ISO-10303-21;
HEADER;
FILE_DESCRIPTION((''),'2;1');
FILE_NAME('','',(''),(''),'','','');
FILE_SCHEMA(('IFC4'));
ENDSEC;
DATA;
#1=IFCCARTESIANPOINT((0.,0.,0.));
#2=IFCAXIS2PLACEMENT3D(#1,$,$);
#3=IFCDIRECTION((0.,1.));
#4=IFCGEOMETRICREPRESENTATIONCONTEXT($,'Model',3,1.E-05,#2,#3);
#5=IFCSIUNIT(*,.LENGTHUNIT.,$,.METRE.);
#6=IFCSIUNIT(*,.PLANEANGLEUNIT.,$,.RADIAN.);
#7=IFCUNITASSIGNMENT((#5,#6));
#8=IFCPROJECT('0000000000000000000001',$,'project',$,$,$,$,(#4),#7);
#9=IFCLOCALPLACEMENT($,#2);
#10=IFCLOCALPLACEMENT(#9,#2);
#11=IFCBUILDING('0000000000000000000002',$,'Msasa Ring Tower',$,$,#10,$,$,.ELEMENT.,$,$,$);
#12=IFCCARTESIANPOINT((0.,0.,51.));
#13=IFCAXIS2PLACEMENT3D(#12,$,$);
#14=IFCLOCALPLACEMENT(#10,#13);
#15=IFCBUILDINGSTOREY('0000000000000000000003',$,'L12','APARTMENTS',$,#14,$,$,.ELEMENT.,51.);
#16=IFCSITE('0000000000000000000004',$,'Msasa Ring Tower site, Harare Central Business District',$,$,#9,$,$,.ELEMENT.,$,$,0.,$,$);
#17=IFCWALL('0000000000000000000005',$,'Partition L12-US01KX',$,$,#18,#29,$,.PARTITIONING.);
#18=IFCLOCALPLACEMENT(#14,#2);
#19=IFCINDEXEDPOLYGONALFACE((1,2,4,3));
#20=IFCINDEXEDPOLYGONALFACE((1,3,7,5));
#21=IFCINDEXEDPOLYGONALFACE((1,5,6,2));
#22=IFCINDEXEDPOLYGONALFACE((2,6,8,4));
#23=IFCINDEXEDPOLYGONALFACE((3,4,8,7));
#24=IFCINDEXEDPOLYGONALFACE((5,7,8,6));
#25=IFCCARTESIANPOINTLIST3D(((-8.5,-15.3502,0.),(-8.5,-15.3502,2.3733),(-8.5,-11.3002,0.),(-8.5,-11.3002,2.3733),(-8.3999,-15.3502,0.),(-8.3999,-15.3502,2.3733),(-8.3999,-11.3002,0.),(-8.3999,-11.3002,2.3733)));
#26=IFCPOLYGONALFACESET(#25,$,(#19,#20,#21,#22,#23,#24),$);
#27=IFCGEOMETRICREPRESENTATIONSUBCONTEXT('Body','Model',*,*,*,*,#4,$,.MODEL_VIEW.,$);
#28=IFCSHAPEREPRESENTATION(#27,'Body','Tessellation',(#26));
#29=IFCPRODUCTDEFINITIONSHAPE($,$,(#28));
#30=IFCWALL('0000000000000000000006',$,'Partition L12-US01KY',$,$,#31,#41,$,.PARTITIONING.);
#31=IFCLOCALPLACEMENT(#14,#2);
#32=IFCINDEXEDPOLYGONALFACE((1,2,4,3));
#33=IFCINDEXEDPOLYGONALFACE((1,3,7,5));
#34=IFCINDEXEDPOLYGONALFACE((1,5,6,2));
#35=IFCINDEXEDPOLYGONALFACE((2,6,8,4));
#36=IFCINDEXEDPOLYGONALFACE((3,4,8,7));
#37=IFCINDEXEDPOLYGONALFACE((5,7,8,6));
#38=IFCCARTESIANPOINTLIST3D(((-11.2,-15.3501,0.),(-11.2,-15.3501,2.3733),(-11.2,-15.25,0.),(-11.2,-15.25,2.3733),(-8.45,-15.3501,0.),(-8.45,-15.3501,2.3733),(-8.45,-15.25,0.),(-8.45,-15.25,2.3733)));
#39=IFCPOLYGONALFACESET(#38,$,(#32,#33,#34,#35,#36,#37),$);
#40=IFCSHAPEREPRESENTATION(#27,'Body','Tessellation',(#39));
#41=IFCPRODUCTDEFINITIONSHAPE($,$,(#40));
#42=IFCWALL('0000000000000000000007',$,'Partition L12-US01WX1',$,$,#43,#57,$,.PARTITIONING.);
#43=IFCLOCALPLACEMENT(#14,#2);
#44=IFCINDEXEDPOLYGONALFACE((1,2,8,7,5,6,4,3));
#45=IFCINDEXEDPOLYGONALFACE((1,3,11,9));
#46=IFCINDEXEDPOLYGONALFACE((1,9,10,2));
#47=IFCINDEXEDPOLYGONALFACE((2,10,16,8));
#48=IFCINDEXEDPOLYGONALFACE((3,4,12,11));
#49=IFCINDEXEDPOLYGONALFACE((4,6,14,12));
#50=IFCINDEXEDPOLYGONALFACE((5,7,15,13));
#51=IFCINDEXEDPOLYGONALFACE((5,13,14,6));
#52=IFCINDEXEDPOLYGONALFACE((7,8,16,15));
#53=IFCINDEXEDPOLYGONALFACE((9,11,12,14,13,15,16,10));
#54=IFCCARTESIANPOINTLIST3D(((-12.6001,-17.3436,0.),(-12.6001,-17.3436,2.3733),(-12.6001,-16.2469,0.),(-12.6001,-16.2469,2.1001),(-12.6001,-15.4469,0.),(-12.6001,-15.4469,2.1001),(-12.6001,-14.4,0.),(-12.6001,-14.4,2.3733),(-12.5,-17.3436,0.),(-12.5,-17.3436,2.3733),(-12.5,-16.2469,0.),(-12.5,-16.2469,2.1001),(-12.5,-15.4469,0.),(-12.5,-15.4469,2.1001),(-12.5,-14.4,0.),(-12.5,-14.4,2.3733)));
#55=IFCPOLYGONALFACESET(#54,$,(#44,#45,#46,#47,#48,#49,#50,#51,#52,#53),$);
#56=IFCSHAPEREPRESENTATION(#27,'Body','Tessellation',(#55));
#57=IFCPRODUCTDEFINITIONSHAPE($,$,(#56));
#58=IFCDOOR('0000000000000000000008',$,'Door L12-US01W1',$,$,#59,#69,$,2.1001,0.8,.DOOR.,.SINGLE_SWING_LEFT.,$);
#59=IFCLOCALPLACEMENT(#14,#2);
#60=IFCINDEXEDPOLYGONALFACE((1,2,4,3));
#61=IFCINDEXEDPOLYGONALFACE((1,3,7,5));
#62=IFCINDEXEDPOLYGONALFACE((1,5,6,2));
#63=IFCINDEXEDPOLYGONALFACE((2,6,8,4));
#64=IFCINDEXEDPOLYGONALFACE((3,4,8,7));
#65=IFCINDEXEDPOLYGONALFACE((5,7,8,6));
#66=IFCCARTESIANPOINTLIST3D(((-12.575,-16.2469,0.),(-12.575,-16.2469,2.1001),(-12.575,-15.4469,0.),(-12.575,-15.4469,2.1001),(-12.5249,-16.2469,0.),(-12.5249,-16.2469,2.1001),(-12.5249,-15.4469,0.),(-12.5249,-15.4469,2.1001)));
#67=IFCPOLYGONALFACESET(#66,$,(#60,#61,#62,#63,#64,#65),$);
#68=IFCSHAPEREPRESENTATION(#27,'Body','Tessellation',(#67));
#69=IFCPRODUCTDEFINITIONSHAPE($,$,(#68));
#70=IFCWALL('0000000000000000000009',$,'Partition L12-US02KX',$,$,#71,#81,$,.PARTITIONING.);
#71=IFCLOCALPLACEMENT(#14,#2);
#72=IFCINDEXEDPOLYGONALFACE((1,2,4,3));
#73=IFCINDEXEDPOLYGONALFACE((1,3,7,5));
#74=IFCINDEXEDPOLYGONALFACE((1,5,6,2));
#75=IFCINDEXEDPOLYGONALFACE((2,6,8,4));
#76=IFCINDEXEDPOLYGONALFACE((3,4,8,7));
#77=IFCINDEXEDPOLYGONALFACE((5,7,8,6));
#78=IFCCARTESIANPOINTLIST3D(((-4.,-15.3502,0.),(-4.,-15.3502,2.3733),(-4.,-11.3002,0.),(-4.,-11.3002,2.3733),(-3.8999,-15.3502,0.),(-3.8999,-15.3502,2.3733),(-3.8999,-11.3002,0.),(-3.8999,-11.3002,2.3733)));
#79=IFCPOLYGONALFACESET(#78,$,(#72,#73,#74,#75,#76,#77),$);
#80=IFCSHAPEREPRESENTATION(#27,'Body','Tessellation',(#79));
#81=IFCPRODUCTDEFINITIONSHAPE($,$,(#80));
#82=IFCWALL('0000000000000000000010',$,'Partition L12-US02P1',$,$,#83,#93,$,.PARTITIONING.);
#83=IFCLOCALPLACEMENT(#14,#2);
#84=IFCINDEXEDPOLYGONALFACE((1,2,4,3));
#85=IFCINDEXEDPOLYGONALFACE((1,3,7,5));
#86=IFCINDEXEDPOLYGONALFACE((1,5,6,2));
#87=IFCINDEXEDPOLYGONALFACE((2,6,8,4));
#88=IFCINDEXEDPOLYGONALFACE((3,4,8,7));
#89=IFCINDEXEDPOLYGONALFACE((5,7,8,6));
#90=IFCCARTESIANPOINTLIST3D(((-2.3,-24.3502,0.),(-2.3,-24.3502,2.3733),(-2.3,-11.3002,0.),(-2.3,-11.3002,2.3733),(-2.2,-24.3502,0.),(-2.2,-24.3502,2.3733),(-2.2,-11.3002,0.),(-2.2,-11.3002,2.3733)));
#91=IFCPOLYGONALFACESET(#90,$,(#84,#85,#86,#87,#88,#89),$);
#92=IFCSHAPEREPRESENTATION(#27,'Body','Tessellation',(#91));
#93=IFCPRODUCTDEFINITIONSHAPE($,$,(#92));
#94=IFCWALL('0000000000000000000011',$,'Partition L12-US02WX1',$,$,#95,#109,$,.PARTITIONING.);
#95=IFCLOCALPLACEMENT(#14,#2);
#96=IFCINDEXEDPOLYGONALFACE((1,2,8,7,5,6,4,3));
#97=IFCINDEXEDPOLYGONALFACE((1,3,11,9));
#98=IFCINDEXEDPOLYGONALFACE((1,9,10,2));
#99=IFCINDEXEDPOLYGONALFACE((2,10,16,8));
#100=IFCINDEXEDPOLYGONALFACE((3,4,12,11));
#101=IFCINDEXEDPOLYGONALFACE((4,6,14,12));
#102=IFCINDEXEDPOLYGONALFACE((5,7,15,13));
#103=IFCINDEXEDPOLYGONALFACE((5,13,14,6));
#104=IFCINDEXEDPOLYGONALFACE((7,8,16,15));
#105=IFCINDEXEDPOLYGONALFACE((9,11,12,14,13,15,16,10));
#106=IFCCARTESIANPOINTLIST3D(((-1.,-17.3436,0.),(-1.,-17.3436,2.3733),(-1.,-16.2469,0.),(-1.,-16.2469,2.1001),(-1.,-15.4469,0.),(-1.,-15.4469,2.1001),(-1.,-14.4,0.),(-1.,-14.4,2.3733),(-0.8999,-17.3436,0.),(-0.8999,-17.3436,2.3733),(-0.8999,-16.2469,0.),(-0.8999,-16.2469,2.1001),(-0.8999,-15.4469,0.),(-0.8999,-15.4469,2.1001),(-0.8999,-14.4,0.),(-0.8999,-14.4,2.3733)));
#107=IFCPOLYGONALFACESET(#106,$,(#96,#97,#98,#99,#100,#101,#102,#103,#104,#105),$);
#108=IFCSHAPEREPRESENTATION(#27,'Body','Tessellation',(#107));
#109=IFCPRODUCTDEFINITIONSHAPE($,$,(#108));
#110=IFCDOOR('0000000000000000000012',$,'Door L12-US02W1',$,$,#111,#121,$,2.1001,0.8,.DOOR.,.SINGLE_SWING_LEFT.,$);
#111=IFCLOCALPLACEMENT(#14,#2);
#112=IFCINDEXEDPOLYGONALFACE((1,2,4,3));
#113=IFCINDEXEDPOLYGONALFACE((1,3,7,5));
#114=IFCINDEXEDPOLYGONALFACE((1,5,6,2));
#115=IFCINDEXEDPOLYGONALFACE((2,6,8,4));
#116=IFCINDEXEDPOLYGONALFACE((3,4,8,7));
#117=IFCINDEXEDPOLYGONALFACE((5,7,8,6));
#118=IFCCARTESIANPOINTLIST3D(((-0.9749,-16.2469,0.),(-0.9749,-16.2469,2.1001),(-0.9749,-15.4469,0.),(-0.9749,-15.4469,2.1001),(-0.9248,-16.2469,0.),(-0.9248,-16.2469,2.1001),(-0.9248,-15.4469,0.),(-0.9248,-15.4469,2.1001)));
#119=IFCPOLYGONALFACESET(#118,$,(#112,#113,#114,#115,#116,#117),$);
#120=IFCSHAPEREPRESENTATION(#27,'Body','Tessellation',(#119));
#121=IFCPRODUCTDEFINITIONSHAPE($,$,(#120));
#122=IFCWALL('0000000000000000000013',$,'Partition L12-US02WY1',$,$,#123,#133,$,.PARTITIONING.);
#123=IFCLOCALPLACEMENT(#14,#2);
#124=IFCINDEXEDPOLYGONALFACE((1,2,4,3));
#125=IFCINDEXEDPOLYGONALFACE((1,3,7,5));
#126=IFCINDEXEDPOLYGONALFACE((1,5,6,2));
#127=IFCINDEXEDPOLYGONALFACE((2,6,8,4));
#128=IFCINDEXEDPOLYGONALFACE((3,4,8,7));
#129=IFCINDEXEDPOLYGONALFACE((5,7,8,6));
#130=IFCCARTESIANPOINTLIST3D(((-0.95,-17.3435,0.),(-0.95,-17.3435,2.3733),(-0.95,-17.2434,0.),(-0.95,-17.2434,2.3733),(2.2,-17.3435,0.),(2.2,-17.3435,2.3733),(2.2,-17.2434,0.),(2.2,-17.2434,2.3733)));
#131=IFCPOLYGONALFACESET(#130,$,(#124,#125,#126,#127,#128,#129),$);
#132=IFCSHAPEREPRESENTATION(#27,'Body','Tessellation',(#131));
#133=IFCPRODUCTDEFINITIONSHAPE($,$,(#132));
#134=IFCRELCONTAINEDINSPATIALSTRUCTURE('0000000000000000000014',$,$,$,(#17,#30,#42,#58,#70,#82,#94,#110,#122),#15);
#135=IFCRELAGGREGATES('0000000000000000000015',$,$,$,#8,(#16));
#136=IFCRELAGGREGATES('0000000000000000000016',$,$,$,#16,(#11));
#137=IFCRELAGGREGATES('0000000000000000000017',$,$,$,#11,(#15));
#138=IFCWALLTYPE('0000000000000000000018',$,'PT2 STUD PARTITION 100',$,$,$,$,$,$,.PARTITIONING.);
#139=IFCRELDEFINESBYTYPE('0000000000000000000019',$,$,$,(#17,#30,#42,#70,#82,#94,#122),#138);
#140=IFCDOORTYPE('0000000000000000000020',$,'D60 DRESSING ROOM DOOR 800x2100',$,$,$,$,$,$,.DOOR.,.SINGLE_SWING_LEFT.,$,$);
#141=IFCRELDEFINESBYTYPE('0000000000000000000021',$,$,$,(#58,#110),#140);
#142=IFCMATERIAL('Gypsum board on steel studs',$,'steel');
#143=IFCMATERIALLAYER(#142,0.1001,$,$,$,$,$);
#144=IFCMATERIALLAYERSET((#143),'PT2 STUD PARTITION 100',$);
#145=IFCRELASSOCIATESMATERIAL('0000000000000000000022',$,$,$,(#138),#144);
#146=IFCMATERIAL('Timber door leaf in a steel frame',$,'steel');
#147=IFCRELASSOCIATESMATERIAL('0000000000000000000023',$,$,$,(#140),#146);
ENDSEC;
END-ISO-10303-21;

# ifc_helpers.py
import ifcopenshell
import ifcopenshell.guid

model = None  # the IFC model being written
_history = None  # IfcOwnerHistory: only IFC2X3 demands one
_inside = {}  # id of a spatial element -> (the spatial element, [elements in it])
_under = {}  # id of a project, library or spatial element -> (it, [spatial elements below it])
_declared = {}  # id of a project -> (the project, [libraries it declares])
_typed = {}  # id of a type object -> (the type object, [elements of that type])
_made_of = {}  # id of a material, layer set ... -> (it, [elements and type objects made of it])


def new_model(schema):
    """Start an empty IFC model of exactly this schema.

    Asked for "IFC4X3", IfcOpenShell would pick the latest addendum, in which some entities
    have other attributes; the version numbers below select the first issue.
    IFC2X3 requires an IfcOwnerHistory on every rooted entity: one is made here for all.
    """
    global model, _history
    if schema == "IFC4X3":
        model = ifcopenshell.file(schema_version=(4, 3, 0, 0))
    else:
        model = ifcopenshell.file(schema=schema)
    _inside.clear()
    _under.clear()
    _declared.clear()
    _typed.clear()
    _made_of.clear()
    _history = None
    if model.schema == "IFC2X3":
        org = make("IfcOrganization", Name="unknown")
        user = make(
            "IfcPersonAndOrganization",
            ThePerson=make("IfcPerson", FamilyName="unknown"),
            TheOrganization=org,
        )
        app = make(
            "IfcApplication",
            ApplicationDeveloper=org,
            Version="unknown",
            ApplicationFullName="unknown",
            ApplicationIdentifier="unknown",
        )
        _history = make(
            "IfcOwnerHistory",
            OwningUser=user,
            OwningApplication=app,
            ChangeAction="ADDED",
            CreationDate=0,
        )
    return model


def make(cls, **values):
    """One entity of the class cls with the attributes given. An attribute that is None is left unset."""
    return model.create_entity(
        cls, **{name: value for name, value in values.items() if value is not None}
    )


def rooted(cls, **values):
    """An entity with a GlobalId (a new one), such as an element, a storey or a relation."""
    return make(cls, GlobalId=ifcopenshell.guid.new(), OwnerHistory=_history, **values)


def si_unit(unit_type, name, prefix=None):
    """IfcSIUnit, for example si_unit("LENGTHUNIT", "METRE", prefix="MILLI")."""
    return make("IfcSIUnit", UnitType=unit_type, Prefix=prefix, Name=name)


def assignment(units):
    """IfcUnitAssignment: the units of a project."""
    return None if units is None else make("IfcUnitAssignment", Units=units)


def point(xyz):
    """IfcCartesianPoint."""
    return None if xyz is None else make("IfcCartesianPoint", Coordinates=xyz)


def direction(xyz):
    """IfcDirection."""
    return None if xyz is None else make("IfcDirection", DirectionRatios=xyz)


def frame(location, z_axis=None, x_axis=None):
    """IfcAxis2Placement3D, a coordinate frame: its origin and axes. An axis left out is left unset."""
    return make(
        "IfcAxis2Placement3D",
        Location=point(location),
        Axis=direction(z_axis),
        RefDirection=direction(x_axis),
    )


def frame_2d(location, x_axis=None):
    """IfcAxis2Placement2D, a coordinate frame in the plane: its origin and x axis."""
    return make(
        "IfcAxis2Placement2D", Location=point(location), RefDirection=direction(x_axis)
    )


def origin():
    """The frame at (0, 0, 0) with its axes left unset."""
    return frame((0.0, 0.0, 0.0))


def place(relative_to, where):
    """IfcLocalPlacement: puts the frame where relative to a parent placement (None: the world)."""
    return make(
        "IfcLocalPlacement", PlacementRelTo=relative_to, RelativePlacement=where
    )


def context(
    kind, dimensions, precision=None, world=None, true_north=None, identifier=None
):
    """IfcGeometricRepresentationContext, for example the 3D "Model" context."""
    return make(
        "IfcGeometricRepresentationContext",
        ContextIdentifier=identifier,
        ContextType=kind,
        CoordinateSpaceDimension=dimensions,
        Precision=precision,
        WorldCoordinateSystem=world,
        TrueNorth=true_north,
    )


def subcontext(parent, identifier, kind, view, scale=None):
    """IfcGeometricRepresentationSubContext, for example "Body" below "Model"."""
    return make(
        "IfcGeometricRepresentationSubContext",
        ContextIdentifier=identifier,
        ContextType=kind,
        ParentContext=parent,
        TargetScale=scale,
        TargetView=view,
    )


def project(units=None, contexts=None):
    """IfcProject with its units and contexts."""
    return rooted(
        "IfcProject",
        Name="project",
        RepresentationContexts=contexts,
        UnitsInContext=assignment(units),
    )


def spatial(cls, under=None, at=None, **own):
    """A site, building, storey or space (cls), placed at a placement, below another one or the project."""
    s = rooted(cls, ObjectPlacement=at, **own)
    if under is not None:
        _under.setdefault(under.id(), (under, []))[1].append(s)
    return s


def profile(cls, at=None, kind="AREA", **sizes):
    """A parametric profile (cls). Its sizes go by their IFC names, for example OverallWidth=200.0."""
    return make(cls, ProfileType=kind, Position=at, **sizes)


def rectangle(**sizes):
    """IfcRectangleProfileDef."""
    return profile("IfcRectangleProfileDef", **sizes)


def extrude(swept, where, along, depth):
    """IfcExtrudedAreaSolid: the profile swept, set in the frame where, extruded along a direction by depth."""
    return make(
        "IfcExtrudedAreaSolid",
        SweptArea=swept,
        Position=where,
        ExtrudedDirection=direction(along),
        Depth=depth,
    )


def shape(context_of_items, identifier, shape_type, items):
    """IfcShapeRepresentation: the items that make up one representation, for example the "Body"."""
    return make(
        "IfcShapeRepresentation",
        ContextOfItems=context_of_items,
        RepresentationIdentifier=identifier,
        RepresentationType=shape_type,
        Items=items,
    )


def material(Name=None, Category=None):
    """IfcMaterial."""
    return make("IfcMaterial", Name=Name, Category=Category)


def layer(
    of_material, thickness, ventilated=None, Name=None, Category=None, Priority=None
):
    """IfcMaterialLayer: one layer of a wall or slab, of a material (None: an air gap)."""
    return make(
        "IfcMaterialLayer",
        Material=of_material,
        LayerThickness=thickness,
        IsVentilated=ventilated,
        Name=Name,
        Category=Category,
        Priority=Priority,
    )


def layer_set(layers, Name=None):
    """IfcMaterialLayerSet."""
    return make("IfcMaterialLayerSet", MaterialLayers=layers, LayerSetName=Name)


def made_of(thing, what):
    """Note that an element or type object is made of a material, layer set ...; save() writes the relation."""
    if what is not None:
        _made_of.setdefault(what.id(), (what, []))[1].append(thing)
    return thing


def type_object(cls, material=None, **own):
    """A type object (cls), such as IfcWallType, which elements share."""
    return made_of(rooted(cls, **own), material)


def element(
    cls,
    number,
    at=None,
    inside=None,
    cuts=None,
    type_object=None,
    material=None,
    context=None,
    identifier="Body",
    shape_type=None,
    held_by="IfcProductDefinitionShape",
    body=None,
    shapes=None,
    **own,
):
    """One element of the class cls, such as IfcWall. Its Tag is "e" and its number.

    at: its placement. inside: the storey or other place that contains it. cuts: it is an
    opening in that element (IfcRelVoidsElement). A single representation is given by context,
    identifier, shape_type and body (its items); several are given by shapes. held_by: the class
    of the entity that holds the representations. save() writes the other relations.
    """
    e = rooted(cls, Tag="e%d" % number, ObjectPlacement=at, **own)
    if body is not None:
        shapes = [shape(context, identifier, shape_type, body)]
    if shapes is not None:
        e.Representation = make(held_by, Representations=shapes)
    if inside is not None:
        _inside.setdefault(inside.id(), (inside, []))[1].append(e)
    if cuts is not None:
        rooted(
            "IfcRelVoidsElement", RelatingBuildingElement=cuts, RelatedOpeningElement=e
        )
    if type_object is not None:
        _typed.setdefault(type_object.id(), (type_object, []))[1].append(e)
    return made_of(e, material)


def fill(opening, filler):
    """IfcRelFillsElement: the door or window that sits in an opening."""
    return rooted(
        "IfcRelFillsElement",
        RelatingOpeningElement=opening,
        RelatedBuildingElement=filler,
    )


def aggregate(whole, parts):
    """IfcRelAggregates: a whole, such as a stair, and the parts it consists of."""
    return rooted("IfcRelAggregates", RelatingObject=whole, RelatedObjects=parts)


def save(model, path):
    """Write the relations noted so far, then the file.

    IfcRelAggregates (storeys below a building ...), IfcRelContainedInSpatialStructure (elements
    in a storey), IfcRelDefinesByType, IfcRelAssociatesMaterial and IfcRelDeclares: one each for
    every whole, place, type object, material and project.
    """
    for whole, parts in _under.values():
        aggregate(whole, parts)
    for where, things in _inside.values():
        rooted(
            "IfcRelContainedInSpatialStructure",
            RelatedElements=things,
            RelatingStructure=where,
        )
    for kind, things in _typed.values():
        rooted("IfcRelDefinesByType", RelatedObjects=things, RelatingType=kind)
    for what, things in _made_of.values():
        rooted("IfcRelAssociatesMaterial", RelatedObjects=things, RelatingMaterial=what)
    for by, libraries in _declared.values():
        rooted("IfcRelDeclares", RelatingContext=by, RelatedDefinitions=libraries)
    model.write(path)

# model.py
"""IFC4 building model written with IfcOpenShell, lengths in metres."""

from ifc_helpers import new_model, si_unit, direction, frame, frame_2d, origin, place, context, subcontext, project, spatial, rectangle, extrude, material, layer, layer_set, type_object, element, fill, save


model = new_model("IFC4")

# Units and contexts
model_context = context("Model", 3, precision=1e-05, world=origin(), true_north=direction((0.0, 1.0)))
body_context = subcontext(model_context, "Body", "Model", "MODEL_VIEW")
ifc_project = project(units=[si_unit("LENGTHUNIT", "METRE"), si_unit("PLANEANGLEUNIT", "RADIAN")], contexts=[model_context])

# Site, building, storey
site_placement = place(None, origin())
site = spatial("IfcSite", under=ifc_project, at=site_placement, Name="Msasa Ring Tower site, Harare Central Business District", CompositionType="ELEMENT", RefElevation=0.0)
building_placement = place(site_placement, origin())
building = spatial("IfcBuilding", under=site, at=building_placement, Name="Msasa Ring Tower", CompositionType="ELEMENT")
storey_placement = place(building_placement, frame((0.0, 0.0, 51.0)))
storey = spatial("IfcBuildingStorey", under=building, at=storey_placement, Name="L12", Description="APARTMENTS", CompositionType="ELEMENT", Elevation=51.0)

# Walls
ifc_material_1 = material(Name="Gypsum board on steel studs", Category="steel")
ifc_layer = layer(ifc_material_1, 0.1001)
ifc_layer_set = layer_set([ifc_layer], Name="PT2 STUD PARTITION 100")
wall_type = type_object("IfcWallType", Name="PT2 STUD PARTITION 100", PredefinedType="PARTITIONING", material=ifc_layer_set)
wall_1_placement = place(storey_placement, frame((-8.45, -15.3501, 0.0), z_axis=(0.0, 0.0, 1.0), x_axis=(0.0, 1.0, 0.0)))
element("IfcWall", 1, at=wall_1_placement, inside=storey, type_object=wall_type, Name="Partition L12-US01KX", PredefinedType="PARTITIONING", context=body_context, shape_type="SweptSolid", body=[
    extrude(rectangle(XDim=4.05, YDim=0.1001, at=frame_2d((2.0249, 0.0))), origin(), (0.0, 0.0, 1.0), 2.3733),
])
wall_2_placement = place(storey_placement, frame((-11.2, -15.3, 0.0), z_axis=(0.0, 0.0, 1.0), x_axis=(1.0, 0.0, 0.0)))
element("IfcWall", 2, at=wall_2_placement, inside=storey, type_object=wall_type, Name="Partition L12-US01KY", PredefinedType="PARTITIONING", context=body_context, shape_type="SweptSolid", body=[
    extrude(rectangle(XDim=2.75, YDim=0.1001, at=frame_2d((1.375, 0.0))), origin(), (0.0, 0.0, 1.0), 2.3733),
])

# Wall, opening, door
wall_3_placement = place(storey_placement, frame((-12.55, -17.3435, 0.0), z_axis=(0.0, 0.0, 1.0), x_axis=(0.0, 1.0, 0.0)))
wall_3 = element("IfcWall", 3, at=wall_3_placement, inside=storey, type_object=wall_type, Name="Partition L12-US01WX1", PredefinedType="PARTITIONING", context=body_context, shape_type="SweptSolid", body=[
    extrude(rectangle(XDim=2.9436, YDim=0.1001, at=frame_2d((1.4717, 0.0))), origin(), (0.0, 0.0, 1.0), 2.3733),
])
opening_1_placement = place(wall_3_placement, frame((1.0967, 0.0, 0.0)))
opening_1 = element("IfcOpeningElement", 4, at=opening_1_placement, cuts=wall_3, PredefinedType="OPENING", context=body_context, shape_type="SweptSolid", body=[
    extrude(rectangle(XDim=0.8, YDim=2.1001, at=frame_2d((0.3999, 1.05))), frame((0.0, 0.0601, 0.0), z_axis=(0.0, -1.0, 0.0), x_axis=(1.0, 0.0, 0.0)), (0.0, 0.0, 1.0), 0.1201),
])
ifc_material_2 = material(Name="Timber door leaf in a steel frame", Category="steel")
door_type = type_object("IfcDoorType", Name="D60 DRESSING ROOM DOOR 800x2100", OperationType="SINGLE_SWING_LEFT", PredefinedType="DOOR", material=ifc_material_2)
door_1_placement = place(opening_1_placement, origin())
door_1 = element("IfcDoor", 5, at=door_1_placement, inside=storey, type_object=door_type, Name="Door L12-US01W1", OperationType="SINGLE_SWING_LEFT", OverallHeight=2.1001, OverallWidth=0.8, PredefinedType="DOOR", context=body_context, shape_type="SweptSolid", body=[
    extrude(rectangle(XDim=0.8, YDim=2.1001, at=frame_2d((0.3999, 1.05))), frame((0.0, 0.0249, 0.0), z_axis=(0.0, -1.0, 0.0), x_axis=(1.0, 0.0, 0.0)), (0.0, 0.0, 1.0), 0.05),
])
fill(opening_1, door_1)

# Walls
wall_4_placement = place(storey_placement, frame((-3.95, -15.3501, 0.0), z_axis=(0.0, 0.0, 1.0), x_axis=(0.0, 1.0, 0.0)))
element("IfcWall", 6, at=wall_4_placement, inside=storey, type_object=wall_type, Name="Partition L12-US02KX", PredefinedType="PARTITIONING", context=body_context, shape_type="SweptSolid", body=[
    extrude(rectangle(XDim=4.05, YDim=0.1001, at=frame_2d((2.0249, 0.0))), origin(), (0.0, 0.0, 1.0), 2.3733),
])
wall_5_placement = place(storey_placement, frame((-2.25, -24.3501, 0.0), z_axis=(0.0, 0.0, 1.0), x_axis=(0.0, 1.0, 0.0)))
element("IfcWall", 7, at=wall_5_placement, inside=storey, type_object=wall_type, Name="Partition L12-US02P1", PredefinedType="PARTITIONING", context=body_context, shape_type="SweptSolid", body=[
    extrude(rectangle(XDim=13.05, YDim=0.1001, at=frame_2d((6.5249, 0.0))), origin(), (0.0, 0.0, 1.0), 2.3733),
])

# Wall, opening, door
wall_6_placement = place(storey_placement, frame((-0.95, -17.3435, 0.0), z_axis=(0.0, 0.0, 1.0), x_axis=(0.0, 1.0, 0.0)))
wall_6 = element("IfcWall", 8, at=wall_6_placement, inside=storey, type_object=wall_type, Name="Partition L12-US02WX1", PredefinedType="PARTITIONING", context=body_context, shape_type="SweptSolid", body=[
    extrude(rectangle(XDim=2.9436, YDim=0.1001, at=frame_2d((1.4717, 0.0))), origin(), (0.0, 0.0, 1.0), 2.3733),
])
opening_2_placement = place(wall_6_placement, frame((1.0967, 0.0, 0.0)))
opening_2 = element("IfcOpeningElement", 9, at=opening_2_placement, cuts=wall_6, PredefinedType="OPENING", context=body_context, shape_type="SweptSolid", body=[
    extrude(rectangle(XDim=0.8, YDim=2.1001, at=frame_2d((0.3999, 1.05))), frame((0.0, 0.0601, 0.0), z_axis=(0.0, -1.0, 0.0), x_axis=(1.0, 0.0, 0.0)), (0.0, 0.0, 1.0), 0.1201),
])
door_2_placement = place(opening_2_placement, origin())
door_2 = element("IfcDoor", 10, at=door_2_placement, inside=storey, type_object=door_type, Name="Door L12-US02W1", OperationType="SINGLE_SWING_LEFT", OverallHeight=2.1001, OverallWidth=0.8, PredefinedType="DOOR", context=body_context, shape_type="SweptSolid", body=[
    extrude(rectangle(XDim=0.8, YDim=2.1001, at=frame_2d((0.3999, 1.05))), frame((0.0, 0.0249, 0.0), z_axis=(0.0, -1.0, 0.0), x_axis=(1.0, 0.0, 0.0)), (0.0, 0.0, 1.0), 0.05),
])
fill(opening_2, door_2)

# Wall
wall_7_placement = place(storey_placement, frame((-0.95, -17.2935, 0.0), z_axis=(0.0, 0.0, 1.0), x_axis=(1.0, 0.0, 0.0)))
element("IfcWall", 11, at=wall_7_placement, inside=storey, type_object=wall_type, Name="Partition L12-US02WY1", PredefinedType="PARTITIONING", context=body_context, shape_type="SweptSolid", body=[
    extrude(rectangle(XDim=3.1499, YDim=0.1001, at=frame_2d((1.575, 0.0))), origin(), (0.0, 0.0, 1.0), 2.3733),
])

save(model, "model.ifc")
